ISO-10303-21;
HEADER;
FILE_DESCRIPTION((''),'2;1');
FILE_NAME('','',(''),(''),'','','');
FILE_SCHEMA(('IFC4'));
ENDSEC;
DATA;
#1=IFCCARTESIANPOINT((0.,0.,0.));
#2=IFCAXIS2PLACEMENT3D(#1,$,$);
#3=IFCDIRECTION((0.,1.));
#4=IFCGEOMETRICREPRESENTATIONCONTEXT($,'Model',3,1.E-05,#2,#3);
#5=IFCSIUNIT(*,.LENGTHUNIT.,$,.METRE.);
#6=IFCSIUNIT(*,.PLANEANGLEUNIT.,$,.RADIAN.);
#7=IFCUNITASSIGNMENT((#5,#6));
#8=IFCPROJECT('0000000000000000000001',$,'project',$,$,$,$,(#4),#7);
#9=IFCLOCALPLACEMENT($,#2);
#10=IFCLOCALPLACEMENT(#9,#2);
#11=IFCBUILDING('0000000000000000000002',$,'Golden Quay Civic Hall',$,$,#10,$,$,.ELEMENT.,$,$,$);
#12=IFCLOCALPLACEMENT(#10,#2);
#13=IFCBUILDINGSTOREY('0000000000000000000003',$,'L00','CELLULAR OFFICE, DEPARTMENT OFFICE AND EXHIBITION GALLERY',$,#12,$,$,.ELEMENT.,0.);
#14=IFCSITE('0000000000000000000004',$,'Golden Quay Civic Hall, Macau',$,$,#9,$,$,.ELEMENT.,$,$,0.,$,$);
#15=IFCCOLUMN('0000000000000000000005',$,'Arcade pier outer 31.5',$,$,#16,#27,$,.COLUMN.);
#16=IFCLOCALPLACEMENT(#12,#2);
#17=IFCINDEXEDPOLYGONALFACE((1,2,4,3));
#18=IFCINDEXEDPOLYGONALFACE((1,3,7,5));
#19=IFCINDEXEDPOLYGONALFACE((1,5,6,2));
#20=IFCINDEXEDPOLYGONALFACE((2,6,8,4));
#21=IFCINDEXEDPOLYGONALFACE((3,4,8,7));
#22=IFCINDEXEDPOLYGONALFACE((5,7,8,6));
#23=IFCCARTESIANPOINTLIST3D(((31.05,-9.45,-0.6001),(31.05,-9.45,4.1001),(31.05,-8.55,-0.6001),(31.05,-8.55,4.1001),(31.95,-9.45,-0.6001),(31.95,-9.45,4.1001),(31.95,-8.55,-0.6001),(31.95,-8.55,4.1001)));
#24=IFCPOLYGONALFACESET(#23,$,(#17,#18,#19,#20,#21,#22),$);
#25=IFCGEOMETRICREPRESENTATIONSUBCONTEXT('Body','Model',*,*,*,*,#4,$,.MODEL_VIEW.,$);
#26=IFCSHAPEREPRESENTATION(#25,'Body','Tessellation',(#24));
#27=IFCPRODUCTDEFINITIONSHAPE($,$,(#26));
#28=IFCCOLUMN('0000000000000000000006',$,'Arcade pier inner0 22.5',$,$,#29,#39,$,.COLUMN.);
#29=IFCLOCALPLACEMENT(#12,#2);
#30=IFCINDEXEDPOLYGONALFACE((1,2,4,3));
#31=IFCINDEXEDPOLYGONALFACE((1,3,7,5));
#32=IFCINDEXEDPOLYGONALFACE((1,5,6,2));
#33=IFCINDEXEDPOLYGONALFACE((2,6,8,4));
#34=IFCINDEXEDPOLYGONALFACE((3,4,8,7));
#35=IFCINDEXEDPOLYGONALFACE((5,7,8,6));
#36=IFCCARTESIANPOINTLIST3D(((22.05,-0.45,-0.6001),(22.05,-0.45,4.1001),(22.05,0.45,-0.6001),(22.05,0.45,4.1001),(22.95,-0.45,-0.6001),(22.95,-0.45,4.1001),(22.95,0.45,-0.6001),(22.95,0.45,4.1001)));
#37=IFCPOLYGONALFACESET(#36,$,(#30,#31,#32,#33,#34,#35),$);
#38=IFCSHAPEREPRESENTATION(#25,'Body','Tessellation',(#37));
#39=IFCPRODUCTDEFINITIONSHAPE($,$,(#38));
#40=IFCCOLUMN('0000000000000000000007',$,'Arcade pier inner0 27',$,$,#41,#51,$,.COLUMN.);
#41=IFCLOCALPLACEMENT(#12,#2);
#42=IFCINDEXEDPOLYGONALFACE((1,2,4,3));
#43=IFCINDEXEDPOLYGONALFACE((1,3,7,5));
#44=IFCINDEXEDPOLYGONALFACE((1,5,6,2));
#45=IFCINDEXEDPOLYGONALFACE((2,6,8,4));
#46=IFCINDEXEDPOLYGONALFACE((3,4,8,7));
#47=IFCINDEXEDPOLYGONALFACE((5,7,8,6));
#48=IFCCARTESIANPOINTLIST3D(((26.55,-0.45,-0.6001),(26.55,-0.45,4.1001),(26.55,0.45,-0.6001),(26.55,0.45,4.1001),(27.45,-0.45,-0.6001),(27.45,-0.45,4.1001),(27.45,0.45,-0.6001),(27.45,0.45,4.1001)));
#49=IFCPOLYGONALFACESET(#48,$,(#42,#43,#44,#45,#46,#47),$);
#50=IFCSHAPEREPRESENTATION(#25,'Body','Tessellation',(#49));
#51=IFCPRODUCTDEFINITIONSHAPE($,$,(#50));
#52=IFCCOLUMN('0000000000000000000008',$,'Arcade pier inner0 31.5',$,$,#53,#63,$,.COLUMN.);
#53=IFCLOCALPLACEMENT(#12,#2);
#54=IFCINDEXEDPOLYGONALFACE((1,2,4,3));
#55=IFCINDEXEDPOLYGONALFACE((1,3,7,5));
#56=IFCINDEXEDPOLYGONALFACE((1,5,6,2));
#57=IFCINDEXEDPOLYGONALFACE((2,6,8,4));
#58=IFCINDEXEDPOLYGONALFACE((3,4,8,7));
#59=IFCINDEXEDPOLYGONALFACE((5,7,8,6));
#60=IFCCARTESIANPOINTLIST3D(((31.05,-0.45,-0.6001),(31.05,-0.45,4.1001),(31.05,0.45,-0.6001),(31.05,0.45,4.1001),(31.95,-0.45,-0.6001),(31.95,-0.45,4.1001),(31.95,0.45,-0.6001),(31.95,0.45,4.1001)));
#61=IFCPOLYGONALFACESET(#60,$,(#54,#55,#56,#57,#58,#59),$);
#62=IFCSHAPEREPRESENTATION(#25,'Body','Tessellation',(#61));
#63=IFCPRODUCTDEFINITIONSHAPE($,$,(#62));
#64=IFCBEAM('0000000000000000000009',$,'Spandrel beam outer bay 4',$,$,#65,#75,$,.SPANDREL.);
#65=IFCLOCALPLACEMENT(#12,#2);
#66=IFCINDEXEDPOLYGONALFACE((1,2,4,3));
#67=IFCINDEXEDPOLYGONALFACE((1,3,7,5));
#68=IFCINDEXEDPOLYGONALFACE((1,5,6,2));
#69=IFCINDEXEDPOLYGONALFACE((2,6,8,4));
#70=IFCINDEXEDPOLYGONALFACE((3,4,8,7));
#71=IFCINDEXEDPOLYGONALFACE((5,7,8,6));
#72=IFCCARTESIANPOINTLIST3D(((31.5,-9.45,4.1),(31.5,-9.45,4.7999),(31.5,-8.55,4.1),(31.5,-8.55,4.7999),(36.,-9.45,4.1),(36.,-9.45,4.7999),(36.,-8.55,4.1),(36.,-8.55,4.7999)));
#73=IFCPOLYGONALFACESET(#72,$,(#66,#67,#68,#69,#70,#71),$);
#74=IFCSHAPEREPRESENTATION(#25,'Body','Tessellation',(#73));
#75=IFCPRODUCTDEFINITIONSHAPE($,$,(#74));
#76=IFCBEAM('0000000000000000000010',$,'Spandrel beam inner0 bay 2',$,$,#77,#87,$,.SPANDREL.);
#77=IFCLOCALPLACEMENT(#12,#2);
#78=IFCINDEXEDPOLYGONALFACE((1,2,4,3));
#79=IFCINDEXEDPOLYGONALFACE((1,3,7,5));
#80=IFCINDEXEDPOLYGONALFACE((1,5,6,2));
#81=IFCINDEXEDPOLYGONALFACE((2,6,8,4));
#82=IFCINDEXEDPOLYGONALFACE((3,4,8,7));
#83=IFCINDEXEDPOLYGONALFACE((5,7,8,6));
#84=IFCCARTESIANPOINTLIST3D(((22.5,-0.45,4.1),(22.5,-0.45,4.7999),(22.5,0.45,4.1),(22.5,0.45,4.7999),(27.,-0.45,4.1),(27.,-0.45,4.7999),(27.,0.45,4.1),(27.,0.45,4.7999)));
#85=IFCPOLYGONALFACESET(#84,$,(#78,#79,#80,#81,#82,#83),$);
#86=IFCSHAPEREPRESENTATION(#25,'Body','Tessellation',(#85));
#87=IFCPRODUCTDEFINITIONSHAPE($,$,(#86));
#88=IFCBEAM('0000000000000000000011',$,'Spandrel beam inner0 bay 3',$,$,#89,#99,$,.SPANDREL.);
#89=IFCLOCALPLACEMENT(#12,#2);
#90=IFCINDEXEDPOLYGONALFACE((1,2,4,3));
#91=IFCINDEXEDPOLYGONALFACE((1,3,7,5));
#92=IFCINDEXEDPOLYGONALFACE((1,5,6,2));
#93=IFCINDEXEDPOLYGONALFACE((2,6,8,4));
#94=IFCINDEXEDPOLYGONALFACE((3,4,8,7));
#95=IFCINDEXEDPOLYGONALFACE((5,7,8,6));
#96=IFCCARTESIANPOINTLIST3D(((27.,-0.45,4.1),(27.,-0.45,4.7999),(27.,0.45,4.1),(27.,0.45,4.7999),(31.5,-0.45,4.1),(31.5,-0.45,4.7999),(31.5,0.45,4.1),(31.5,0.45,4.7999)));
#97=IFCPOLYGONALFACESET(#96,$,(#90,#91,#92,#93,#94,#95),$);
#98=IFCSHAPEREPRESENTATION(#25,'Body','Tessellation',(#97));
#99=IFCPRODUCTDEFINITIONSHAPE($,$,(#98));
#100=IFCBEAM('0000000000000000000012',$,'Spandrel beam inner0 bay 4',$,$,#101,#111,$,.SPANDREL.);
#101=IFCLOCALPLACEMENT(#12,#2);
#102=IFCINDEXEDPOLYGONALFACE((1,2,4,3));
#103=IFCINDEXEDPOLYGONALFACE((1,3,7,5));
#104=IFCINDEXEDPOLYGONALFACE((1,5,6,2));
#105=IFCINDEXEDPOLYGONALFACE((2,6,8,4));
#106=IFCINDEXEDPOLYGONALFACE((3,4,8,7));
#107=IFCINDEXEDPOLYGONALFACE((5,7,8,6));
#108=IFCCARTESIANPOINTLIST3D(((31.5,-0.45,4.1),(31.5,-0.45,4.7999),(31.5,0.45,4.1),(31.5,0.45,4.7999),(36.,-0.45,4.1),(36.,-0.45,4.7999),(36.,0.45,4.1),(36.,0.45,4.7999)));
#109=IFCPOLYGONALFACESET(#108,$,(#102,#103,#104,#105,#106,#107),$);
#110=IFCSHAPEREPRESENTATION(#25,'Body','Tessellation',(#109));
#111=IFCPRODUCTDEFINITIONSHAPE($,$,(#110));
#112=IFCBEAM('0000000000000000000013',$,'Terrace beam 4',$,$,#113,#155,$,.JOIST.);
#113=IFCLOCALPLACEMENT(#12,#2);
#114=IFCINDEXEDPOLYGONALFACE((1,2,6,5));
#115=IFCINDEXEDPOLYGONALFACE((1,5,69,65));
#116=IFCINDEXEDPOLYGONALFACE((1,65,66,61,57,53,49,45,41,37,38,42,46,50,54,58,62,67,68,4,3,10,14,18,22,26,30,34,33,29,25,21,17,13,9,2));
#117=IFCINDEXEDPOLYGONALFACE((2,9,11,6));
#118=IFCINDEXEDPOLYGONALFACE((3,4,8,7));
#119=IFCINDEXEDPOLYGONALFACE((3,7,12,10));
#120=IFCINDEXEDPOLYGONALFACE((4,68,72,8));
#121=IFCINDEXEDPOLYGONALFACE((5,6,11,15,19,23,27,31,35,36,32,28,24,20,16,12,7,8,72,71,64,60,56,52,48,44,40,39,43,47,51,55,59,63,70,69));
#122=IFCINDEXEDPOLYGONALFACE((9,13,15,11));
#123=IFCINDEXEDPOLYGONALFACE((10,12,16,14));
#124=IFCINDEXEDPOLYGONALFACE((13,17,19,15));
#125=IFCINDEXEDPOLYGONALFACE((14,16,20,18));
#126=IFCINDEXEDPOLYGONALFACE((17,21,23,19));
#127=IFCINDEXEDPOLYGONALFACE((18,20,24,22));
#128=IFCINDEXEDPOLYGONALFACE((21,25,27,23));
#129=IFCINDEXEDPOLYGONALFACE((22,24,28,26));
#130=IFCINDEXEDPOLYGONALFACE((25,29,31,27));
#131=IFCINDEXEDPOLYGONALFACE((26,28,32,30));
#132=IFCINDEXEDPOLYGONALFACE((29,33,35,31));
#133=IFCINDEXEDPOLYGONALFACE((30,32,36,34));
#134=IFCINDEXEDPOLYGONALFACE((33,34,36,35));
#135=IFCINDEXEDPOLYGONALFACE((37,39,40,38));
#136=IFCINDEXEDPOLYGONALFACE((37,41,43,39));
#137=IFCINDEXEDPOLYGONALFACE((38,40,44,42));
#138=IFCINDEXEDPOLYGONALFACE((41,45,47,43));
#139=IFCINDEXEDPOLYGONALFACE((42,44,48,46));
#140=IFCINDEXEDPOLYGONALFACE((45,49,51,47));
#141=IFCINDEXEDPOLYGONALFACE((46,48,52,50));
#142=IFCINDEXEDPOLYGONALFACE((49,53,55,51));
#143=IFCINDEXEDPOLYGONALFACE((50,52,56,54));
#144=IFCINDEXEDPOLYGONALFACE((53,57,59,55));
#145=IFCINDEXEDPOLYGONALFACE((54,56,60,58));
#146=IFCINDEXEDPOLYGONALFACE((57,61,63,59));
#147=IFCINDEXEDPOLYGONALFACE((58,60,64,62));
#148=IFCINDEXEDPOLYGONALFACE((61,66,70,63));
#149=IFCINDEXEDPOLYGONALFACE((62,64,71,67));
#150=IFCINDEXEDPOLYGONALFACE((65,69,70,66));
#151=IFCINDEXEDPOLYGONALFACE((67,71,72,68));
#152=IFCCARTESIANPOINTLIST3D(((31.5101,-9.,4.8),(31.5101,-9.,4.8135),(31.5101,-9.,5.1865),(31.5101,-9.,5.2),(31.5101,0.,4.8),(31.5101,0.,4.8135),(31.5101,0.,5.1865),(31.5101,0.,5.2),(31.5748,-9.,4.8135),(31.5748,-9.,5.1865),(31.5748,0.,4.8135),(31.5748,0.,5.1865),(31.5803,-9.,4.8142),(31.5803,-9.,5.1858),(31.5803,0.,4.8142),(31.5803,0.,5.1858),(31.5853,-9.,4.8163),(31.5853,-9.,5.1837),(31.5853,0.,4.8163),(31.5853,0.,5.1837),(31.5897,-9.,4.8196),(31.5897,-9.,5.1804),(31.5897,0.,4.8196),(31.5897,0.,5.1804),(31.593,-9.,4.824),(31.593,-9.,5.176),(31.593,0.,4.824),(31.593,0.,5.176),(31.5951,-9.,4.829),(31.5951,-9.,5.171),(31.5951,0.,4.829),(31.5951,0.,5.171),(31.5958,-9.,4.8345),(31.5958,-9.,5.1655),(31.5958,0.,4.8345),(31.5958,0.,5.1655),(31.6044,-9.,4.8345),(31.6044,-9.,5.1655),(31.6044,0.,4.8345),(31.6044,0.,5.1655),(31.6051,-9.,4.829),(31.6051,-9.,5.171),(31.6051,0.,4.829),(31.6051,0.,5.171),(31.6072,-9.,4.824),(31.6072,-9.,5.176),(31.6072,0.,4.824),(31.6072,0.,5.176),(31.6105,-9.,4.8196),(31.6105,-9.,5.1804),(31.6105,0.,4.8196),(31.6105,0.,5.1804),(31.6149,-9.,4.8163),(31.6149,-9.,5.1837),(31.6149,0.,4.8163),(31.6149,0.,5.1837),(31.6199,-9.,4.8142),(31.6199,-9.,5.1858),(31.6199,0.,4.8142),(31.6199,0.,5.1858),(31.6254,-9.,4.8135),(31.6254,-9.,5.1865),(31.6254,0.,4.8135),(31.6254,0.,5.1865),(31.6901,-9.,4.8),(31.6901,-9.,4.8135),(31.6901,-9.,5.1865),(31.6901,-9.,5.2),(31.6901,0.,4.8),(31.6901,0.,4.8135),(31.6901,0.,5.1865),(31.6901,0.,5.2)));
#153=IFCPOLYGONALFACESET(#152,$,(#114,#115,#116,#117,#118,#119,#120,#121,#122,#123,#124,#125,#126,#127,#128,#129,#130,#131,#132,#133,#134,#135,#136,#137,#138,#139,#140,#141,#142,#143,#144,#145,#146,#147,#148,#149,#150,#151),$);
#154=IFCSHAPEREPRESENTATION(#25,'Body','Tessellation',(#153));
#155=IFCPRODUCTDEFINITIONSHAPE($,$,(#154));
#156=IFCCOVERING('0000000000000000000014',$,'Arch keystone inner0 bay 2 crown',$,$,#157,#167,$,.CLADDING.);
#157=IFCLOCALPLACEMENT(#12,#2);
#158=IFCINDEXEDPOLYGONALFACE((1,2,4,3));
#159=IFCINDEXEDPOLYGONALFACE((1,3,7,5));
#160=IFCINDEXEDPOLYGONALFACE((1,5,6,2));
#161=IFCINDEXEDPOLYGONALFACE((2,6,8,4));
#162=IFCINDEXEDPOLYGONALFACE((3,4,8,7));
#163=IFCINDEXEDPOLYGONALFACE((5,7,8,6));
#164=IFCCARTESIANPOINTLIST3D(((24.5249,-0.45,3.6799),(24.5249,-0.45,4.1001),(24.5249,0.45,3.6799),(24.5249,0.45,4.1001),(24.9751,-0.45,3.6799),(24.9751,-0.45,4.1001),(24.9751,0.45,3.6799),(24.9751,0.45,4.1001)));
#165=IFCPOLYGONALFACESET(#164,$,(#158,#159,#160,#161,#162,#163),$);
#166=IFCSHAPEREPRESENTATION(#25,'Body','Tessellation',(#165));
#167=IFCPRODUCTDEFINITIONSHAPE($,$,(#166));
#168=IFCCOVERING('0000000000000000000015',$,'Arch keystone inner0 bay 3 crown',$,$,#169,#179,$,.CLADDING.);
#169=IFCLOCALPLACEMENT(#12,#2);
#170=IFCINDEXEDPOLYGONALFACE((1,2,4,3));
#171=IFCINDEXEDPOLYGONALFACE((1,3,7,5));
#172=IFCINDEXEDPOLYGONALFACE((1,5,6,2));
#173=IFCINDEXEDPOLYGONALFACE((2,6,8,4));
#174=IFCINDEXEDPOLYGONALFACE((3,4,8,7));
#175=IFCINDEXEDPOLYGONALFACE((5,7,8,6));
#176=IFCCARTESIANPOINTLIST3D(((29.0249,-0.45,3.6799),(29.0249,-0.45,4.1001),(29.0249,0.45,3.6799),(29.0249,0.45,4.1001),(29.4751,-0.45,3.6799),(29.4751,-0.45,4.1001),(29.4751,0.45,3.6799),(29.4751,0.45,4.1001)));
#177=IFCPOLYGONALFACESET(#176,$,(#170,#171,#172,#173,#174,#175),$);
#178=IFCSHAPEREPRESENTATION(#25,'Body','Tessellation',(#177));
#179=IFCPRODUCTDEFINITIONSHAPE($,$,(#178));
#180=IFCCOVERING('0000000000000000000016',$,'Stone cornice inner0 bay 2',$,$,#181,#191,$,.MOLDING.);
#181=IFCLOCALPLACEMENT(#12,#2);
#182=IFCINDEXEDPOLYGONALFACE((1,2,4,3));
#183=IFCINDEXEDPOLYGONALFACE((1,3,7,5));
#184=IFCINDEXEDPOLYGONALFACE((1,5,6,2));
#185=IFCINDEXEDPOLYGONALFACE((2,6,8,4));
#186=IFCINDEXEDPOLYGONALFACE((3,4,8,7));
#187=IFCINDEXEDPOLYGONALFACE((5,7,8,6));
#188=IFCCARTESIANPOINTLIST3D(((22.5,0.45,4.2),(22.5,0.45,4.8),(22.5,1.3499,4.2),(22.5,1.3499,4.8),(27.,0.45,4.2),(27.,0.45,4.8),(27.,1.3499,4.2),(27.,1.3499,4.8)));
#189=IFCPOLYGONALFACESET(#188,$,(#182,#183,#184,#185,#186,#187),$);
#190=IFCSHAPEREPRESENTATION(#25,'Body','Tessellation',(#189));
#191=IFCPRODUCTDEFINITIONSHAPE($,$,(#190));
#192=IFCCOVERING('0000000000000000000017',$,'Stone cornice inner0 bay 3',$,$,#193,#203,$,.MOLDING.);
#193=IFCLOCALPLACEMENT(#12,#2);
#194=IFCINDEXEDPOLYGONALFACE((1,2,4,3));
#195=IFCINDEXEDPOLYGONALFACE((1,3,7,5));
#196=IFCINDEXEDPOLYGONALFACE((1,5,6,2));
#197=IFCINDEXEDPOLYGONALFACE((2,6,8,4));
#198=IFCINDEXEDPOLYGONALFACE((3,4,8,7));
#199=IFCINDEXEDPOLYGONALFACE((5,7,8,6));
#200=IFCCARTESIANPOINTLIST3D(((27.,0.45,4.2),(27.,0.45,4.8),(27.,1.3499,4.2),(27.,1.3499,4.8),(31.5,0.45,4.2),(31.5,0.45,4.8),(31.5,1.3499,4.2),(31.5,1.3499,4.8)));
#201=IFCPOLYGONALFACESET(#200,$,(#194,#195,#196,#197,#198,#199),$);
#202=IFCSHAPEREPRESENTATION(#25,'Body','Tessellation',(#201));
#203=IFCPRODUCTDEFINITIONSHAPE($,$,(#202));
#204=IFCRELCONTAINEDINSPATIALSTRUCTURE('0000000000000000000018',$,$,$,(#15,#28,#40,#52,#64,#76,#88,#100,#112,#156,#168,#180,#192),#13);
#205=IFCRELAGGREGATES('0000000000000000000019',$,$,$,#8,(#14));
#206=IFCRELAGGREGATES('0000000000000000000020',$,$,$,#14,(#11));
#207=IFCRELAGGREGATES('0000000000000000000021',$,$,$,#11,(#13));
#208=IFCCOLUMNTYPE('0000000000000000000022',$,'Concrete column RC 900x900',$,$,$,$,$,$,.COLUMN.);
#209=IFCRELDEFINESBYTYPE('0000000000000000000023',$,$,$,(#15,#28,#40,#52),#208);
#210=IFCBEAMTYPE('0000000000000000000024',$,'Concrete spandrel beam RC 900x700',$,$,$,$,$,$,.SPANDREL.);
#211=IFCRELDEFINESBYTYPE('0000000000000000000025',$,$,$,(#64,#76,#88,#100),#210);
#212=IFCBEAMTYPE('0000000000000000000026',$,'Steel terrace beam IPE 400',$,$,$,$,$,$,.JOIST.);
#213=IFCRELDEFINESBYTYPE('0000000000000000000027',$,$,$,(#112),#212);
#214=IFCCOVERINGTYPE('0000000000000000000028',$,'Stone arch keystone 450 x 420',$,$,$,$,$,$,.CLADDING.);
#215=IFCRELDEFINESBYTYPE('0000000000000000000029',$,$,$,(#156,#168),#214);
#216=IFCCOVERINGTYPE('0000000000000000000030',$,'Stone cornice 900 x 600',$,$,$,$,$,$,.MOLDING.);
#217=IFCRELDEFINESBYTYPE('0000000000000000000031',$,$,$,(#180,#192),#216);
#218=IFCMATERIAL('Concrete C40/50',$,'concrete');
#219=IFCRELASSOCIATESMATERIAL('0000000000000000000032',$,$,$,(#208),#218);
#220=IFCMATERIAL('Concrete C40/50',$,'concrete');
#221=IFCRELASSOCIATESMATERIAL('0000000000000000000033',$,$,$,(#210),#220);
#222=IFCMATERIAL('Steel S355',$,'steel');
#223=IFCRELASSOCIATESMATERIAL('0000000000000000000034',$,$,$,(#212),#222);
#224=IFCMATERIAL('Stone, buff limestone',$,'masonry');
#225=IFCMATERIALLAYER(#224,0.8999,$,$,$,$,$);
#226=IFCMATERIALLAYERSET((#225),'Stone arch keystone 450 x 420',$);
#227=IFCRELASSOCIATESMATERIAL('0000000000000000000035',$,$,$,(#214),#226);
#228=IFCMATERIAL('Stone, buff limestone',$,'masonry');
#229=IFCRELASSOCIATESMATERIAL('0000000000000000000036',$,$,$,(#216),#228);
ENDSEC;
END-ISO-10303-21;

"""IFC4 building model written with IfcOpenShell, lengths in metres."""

from ifc_helpers import new_model, si_unit, direction, frame, origin, origin_2d, place, context, subcontext, project, spatial, polyline, rectangle, i_section, outline, extrude, material, layer, layer_set, material_profile, profile_set, type_object, element, save


model = new_model("IFC4")

# Units and contexts
model_context = context("Model", 3, precision=1e-05, world=origin(), true_north=direction((0.0, 1.0)))
body_context = subcontext(model_context, "Body", "Model", "MODEL_VIEW")
ifc_project = project(units=[si_unit("LENGTHUNIT", "METRE"), si_unit("PLANEANGLEUNIT", "RADIAN")], contexts=[model_context])

# Site, building, storey
site_placement = place(None, origin())
site = spatial("IfcSite", under=ifc_project, at=site_placement, Name="Golden Quay Civic Hall, Macau", CompositionType="ELEMENT", RefElevation=0.0)
building_placement = place(site_placement, origin())
building = spatial("IfcBuilding", under=site, at=building_placement, Name="Golden Quay Civic Hall", CompositionType="ELEMENT")
storey_placement = place(building_placement, origin())
storey = spatial("IfcBuildingStorey", under=building, at=storey_placement, Name="L00", Description="CELLULAR OFFICE, DEPARTMENT OFFICE AND EXHIBITION GALLERY", CompositionType="ELEMENT", Elevation=0.0)

# Columns
ifc_material_1 = material(Name="Concrete C40/50", Category="concrete")
ifc_material_profile_1 = material_profile(ifc_material_1, rectangle(XDim=0.8999, YDim=0.8999, at=origin_2d()), Name="RC 900x900")
ifc_profile_set_1 = profile_set([ifc_material_profile_1], Name="Concrete C40/50")
column_type = type_object("IfcColumnType", Name="Concrete column RC 900x900", PredefinedType="COLUMN", material=ifc_profile_set_1)
for number, where, z_axis, x_axis, name in (
    (1, (31.5, -9.0, -0.6001), (0.0, 0.0, 1.0), (1.0, 0.0, 0.0), "Arcade pier outer 31.5"),
    (2, (22.5, 0.0, -0.6001), (0.0, 0.0, 1.0), (1.0, 0.0, 0.0), "Arcade pier inner0 22.5"),
    (3, (27.0, 0.0, -0.6001), (0.0, 0.0, 1.0), (1.0, 0.0, 0.0), "Arcade pier inner0 27"),
    (4, (31.5, 0.0, -0.6001), (0.0, 0.0, 1.0), (1.0, 0.0, 0.0), "Arcade pier inner0 31.5"),
):
    element("IfcColumn", number, at=place(storey_placement, frame(where, z_axis=z_axis, x_axis=x_axis)), inside=storey, type_object=column_type, Name=name, PredefinedType="COLUMN", context=body_context, shape_type="SweptSolid", body=[
        extrude(rectangle(XDim=0.8999, YDim=0.8999, at=origin_2d()), origin(), (0.0, 0.0, 1.0), 4.7002),
    ])

# Beams
ifc_material_2 = material(Name="Concrete C40/50", Category="concrete")
ifc_material_profile_2 = material_profile(ifc_material_2, rectangle(XDim=0.8999, YDim=0.7, at=origin_2d()), Name="RC 900x700")
ifc_profile_set_2 = profile_set([ifc_material_profile_2], Name="Concrete C40/50")
beam_type_1 = type_object("IfcBeamType", Name="Concrete spandrel beam RC 900x700", PredefinedType="SPANDREL", material=ifc_profile_set_2)
for number, where, z_axis, x_axis, name in (
    (5, (31.5, -9.0, 4.45), (1.0, 0.0, 0.0), (0.0, 1.0, 0.0), "Spandrel beam outer bay 4"),
    (6, (22.5, 0.0, 4.45), (1.0, 0.0, 0.0), (0.0, 1.0, 0.0), "Spandrel beam inner0 bay 2"),
    (7, (27.0, 0.0, 4.45), (1.0, 0.0, 0.0), (0.0, 1.0, 0.0), "Spandrel beam inner0 bay 3"),
    (8, (31.5, 0.0, 4.45), (1.0, 0.0, 0.0), (0.0, 1.0, 0.0), "Spandrel beam inner0 bay 4"),
):
    element("IfcBeam", number, at=place(storey_placement, frame(where, z_axis=z_axis, x_axis=x_axis)), inside=storey, type_object=beam_type_1, Name=name, PredefinedType="SPANDREL", context=body_context, shape_type="SweptSolid", body=[
        extrude(rectangle(XDim=0.8999, YDim=0.7, at=origin_2d()), origin(), (0.0, 0.0, 1.0), 4.5),
    ])
ifc_material_3 = material(Name="Steel S355", Category="steel")
ifc_material_profile_3 = material_profile(ifc_material_3, i_section(OverallWidth=0.1799, OverallDepth=0.3999, WebThickness=0.0085, FlangeThickness=0.0134, FilletRadius=0.021, at=origin_2d()), Name="IPE 400")
ifc_profile_set_3 = profile_set([ifc_material_profile_3], Name="Steel S355")
beam_type_2 = type_object("IfcBeamType", Name="Steel terrace beam IPE 400", PredefinedType="JOIST", material=ifc_profile_set_3)
beam_placement = place(storey_placement, frame((31.6001, -9.0, 5.0), z_axis=(0.0, 1.0, 0.0), x_axis=(-1.0, 0.0, 0.0)))
element("IfcBeam", 9, at=beam_placement, inside=storey, type_object=beam_type_2, Name="Terrace beam 4", PredefinedType="JOIST", context=body_context, shape_type="SweptSolid", body=[
    extrude(i_section(OverallWidth=0.1799, OverallDepth=0.3999, WebThickness=0.0085, FlangeThickness=0.0134, FilletRadius=0.021, at=origin_2d()), origin(), (0.0, 0.0, 1.0), 9.0),
])

# Coverings
ifc_material_4 = material(Name="Stone, buff limestone", Category="masonry")
ifc_layer_1 = layer(ifc_material_4, 0.8999)
ifc_layer_set_1 = layer_set([ifc_layer_1], Name="Stone arch keystone 450 x 420")
covering_type_1 = type_object("IfcCoveringType", Name="Stone arch keystone 450 x 420", PredefinedType="CLADDING", material=ifc_layer_set_1)
for number, where, z_axis, x_axis, name in (
    (10, (24.5249, -0.45, 3.6799), (0.0, -1.0, 0.0), (1.0, 0.0, 0.0), "Arch keystone inner0 bay 2 crown"),
    (11, (29.0249, -0.45, 3.6799), (0.0, -1.0, 0.0), (1.0, 0.0, 0.0), "Arch keystone inner0 bay 3 crown"),
):
    element("IfcCovering", number, at=place(storey_placement, frame(where, z_axis=z_axis, x_axis=x_axis)), inside=storey, type_object=covering_type_1, Name=name, PredefinedType="CLADDING", context=body_context, shape_type="SweptSolid", body=[
        extrude(outline(polyline([(0.0, 0.0), (0.4502, 0.0), (0.4502, 0.4202), (0.0, 0.4202), (0.0, 0.0)])), origin(), (0.0, 0.0, -1.0), 0.8999),
    ])
ifc_material_5 = material(Name="Stone, buff limestone", Category="masonry")
ifc_material_profile_4 = material_profile(ifc_material_5, rectangle(XDim=0.8999, YDim=0.6001, at=origin_2d()), Name="RC 900x600")
ifc_profile_set_4 = profile_set([ifc_material_profile_4], Name="Stone, buff limestone")
covering_type_2 = type_object("IfcCoveringType", Name="Stone cornice 900 x 600", PredefinedType="MOLDING", material=ifc_profile_set_4)
for number, where, z_axis, x_axis, name in (
    (12, (22.5, 0.8999, 4.5), (1.0, 0.0, 0.0), (0.0, 1.0, 0.0), "Stone cornice inner0 bay 2"),
    (13, (27.0, 0.8999, 4.5), (1.0, 0.0, 0.0), (0.0, 1.0, 0.0), "Stone cornice inner0 bay 3"),
):
    element("IfcCovering", number, at=place(storey_placement, frame(where, z_axis=z_axis, x_axis=x_axis)), inside=storey, type_object=covering_type_2, Name=name, PredefinedType="MOLDING", context=body_context, shape_type="SweptSolid", body=[
        extrude(rectangle(XDim=0.8999, YDim=0.6001, at=origin_2d()), origin(), (0.0, 0.0, 1.0), 4.5),
    ])

save(model, "model.ifc")
